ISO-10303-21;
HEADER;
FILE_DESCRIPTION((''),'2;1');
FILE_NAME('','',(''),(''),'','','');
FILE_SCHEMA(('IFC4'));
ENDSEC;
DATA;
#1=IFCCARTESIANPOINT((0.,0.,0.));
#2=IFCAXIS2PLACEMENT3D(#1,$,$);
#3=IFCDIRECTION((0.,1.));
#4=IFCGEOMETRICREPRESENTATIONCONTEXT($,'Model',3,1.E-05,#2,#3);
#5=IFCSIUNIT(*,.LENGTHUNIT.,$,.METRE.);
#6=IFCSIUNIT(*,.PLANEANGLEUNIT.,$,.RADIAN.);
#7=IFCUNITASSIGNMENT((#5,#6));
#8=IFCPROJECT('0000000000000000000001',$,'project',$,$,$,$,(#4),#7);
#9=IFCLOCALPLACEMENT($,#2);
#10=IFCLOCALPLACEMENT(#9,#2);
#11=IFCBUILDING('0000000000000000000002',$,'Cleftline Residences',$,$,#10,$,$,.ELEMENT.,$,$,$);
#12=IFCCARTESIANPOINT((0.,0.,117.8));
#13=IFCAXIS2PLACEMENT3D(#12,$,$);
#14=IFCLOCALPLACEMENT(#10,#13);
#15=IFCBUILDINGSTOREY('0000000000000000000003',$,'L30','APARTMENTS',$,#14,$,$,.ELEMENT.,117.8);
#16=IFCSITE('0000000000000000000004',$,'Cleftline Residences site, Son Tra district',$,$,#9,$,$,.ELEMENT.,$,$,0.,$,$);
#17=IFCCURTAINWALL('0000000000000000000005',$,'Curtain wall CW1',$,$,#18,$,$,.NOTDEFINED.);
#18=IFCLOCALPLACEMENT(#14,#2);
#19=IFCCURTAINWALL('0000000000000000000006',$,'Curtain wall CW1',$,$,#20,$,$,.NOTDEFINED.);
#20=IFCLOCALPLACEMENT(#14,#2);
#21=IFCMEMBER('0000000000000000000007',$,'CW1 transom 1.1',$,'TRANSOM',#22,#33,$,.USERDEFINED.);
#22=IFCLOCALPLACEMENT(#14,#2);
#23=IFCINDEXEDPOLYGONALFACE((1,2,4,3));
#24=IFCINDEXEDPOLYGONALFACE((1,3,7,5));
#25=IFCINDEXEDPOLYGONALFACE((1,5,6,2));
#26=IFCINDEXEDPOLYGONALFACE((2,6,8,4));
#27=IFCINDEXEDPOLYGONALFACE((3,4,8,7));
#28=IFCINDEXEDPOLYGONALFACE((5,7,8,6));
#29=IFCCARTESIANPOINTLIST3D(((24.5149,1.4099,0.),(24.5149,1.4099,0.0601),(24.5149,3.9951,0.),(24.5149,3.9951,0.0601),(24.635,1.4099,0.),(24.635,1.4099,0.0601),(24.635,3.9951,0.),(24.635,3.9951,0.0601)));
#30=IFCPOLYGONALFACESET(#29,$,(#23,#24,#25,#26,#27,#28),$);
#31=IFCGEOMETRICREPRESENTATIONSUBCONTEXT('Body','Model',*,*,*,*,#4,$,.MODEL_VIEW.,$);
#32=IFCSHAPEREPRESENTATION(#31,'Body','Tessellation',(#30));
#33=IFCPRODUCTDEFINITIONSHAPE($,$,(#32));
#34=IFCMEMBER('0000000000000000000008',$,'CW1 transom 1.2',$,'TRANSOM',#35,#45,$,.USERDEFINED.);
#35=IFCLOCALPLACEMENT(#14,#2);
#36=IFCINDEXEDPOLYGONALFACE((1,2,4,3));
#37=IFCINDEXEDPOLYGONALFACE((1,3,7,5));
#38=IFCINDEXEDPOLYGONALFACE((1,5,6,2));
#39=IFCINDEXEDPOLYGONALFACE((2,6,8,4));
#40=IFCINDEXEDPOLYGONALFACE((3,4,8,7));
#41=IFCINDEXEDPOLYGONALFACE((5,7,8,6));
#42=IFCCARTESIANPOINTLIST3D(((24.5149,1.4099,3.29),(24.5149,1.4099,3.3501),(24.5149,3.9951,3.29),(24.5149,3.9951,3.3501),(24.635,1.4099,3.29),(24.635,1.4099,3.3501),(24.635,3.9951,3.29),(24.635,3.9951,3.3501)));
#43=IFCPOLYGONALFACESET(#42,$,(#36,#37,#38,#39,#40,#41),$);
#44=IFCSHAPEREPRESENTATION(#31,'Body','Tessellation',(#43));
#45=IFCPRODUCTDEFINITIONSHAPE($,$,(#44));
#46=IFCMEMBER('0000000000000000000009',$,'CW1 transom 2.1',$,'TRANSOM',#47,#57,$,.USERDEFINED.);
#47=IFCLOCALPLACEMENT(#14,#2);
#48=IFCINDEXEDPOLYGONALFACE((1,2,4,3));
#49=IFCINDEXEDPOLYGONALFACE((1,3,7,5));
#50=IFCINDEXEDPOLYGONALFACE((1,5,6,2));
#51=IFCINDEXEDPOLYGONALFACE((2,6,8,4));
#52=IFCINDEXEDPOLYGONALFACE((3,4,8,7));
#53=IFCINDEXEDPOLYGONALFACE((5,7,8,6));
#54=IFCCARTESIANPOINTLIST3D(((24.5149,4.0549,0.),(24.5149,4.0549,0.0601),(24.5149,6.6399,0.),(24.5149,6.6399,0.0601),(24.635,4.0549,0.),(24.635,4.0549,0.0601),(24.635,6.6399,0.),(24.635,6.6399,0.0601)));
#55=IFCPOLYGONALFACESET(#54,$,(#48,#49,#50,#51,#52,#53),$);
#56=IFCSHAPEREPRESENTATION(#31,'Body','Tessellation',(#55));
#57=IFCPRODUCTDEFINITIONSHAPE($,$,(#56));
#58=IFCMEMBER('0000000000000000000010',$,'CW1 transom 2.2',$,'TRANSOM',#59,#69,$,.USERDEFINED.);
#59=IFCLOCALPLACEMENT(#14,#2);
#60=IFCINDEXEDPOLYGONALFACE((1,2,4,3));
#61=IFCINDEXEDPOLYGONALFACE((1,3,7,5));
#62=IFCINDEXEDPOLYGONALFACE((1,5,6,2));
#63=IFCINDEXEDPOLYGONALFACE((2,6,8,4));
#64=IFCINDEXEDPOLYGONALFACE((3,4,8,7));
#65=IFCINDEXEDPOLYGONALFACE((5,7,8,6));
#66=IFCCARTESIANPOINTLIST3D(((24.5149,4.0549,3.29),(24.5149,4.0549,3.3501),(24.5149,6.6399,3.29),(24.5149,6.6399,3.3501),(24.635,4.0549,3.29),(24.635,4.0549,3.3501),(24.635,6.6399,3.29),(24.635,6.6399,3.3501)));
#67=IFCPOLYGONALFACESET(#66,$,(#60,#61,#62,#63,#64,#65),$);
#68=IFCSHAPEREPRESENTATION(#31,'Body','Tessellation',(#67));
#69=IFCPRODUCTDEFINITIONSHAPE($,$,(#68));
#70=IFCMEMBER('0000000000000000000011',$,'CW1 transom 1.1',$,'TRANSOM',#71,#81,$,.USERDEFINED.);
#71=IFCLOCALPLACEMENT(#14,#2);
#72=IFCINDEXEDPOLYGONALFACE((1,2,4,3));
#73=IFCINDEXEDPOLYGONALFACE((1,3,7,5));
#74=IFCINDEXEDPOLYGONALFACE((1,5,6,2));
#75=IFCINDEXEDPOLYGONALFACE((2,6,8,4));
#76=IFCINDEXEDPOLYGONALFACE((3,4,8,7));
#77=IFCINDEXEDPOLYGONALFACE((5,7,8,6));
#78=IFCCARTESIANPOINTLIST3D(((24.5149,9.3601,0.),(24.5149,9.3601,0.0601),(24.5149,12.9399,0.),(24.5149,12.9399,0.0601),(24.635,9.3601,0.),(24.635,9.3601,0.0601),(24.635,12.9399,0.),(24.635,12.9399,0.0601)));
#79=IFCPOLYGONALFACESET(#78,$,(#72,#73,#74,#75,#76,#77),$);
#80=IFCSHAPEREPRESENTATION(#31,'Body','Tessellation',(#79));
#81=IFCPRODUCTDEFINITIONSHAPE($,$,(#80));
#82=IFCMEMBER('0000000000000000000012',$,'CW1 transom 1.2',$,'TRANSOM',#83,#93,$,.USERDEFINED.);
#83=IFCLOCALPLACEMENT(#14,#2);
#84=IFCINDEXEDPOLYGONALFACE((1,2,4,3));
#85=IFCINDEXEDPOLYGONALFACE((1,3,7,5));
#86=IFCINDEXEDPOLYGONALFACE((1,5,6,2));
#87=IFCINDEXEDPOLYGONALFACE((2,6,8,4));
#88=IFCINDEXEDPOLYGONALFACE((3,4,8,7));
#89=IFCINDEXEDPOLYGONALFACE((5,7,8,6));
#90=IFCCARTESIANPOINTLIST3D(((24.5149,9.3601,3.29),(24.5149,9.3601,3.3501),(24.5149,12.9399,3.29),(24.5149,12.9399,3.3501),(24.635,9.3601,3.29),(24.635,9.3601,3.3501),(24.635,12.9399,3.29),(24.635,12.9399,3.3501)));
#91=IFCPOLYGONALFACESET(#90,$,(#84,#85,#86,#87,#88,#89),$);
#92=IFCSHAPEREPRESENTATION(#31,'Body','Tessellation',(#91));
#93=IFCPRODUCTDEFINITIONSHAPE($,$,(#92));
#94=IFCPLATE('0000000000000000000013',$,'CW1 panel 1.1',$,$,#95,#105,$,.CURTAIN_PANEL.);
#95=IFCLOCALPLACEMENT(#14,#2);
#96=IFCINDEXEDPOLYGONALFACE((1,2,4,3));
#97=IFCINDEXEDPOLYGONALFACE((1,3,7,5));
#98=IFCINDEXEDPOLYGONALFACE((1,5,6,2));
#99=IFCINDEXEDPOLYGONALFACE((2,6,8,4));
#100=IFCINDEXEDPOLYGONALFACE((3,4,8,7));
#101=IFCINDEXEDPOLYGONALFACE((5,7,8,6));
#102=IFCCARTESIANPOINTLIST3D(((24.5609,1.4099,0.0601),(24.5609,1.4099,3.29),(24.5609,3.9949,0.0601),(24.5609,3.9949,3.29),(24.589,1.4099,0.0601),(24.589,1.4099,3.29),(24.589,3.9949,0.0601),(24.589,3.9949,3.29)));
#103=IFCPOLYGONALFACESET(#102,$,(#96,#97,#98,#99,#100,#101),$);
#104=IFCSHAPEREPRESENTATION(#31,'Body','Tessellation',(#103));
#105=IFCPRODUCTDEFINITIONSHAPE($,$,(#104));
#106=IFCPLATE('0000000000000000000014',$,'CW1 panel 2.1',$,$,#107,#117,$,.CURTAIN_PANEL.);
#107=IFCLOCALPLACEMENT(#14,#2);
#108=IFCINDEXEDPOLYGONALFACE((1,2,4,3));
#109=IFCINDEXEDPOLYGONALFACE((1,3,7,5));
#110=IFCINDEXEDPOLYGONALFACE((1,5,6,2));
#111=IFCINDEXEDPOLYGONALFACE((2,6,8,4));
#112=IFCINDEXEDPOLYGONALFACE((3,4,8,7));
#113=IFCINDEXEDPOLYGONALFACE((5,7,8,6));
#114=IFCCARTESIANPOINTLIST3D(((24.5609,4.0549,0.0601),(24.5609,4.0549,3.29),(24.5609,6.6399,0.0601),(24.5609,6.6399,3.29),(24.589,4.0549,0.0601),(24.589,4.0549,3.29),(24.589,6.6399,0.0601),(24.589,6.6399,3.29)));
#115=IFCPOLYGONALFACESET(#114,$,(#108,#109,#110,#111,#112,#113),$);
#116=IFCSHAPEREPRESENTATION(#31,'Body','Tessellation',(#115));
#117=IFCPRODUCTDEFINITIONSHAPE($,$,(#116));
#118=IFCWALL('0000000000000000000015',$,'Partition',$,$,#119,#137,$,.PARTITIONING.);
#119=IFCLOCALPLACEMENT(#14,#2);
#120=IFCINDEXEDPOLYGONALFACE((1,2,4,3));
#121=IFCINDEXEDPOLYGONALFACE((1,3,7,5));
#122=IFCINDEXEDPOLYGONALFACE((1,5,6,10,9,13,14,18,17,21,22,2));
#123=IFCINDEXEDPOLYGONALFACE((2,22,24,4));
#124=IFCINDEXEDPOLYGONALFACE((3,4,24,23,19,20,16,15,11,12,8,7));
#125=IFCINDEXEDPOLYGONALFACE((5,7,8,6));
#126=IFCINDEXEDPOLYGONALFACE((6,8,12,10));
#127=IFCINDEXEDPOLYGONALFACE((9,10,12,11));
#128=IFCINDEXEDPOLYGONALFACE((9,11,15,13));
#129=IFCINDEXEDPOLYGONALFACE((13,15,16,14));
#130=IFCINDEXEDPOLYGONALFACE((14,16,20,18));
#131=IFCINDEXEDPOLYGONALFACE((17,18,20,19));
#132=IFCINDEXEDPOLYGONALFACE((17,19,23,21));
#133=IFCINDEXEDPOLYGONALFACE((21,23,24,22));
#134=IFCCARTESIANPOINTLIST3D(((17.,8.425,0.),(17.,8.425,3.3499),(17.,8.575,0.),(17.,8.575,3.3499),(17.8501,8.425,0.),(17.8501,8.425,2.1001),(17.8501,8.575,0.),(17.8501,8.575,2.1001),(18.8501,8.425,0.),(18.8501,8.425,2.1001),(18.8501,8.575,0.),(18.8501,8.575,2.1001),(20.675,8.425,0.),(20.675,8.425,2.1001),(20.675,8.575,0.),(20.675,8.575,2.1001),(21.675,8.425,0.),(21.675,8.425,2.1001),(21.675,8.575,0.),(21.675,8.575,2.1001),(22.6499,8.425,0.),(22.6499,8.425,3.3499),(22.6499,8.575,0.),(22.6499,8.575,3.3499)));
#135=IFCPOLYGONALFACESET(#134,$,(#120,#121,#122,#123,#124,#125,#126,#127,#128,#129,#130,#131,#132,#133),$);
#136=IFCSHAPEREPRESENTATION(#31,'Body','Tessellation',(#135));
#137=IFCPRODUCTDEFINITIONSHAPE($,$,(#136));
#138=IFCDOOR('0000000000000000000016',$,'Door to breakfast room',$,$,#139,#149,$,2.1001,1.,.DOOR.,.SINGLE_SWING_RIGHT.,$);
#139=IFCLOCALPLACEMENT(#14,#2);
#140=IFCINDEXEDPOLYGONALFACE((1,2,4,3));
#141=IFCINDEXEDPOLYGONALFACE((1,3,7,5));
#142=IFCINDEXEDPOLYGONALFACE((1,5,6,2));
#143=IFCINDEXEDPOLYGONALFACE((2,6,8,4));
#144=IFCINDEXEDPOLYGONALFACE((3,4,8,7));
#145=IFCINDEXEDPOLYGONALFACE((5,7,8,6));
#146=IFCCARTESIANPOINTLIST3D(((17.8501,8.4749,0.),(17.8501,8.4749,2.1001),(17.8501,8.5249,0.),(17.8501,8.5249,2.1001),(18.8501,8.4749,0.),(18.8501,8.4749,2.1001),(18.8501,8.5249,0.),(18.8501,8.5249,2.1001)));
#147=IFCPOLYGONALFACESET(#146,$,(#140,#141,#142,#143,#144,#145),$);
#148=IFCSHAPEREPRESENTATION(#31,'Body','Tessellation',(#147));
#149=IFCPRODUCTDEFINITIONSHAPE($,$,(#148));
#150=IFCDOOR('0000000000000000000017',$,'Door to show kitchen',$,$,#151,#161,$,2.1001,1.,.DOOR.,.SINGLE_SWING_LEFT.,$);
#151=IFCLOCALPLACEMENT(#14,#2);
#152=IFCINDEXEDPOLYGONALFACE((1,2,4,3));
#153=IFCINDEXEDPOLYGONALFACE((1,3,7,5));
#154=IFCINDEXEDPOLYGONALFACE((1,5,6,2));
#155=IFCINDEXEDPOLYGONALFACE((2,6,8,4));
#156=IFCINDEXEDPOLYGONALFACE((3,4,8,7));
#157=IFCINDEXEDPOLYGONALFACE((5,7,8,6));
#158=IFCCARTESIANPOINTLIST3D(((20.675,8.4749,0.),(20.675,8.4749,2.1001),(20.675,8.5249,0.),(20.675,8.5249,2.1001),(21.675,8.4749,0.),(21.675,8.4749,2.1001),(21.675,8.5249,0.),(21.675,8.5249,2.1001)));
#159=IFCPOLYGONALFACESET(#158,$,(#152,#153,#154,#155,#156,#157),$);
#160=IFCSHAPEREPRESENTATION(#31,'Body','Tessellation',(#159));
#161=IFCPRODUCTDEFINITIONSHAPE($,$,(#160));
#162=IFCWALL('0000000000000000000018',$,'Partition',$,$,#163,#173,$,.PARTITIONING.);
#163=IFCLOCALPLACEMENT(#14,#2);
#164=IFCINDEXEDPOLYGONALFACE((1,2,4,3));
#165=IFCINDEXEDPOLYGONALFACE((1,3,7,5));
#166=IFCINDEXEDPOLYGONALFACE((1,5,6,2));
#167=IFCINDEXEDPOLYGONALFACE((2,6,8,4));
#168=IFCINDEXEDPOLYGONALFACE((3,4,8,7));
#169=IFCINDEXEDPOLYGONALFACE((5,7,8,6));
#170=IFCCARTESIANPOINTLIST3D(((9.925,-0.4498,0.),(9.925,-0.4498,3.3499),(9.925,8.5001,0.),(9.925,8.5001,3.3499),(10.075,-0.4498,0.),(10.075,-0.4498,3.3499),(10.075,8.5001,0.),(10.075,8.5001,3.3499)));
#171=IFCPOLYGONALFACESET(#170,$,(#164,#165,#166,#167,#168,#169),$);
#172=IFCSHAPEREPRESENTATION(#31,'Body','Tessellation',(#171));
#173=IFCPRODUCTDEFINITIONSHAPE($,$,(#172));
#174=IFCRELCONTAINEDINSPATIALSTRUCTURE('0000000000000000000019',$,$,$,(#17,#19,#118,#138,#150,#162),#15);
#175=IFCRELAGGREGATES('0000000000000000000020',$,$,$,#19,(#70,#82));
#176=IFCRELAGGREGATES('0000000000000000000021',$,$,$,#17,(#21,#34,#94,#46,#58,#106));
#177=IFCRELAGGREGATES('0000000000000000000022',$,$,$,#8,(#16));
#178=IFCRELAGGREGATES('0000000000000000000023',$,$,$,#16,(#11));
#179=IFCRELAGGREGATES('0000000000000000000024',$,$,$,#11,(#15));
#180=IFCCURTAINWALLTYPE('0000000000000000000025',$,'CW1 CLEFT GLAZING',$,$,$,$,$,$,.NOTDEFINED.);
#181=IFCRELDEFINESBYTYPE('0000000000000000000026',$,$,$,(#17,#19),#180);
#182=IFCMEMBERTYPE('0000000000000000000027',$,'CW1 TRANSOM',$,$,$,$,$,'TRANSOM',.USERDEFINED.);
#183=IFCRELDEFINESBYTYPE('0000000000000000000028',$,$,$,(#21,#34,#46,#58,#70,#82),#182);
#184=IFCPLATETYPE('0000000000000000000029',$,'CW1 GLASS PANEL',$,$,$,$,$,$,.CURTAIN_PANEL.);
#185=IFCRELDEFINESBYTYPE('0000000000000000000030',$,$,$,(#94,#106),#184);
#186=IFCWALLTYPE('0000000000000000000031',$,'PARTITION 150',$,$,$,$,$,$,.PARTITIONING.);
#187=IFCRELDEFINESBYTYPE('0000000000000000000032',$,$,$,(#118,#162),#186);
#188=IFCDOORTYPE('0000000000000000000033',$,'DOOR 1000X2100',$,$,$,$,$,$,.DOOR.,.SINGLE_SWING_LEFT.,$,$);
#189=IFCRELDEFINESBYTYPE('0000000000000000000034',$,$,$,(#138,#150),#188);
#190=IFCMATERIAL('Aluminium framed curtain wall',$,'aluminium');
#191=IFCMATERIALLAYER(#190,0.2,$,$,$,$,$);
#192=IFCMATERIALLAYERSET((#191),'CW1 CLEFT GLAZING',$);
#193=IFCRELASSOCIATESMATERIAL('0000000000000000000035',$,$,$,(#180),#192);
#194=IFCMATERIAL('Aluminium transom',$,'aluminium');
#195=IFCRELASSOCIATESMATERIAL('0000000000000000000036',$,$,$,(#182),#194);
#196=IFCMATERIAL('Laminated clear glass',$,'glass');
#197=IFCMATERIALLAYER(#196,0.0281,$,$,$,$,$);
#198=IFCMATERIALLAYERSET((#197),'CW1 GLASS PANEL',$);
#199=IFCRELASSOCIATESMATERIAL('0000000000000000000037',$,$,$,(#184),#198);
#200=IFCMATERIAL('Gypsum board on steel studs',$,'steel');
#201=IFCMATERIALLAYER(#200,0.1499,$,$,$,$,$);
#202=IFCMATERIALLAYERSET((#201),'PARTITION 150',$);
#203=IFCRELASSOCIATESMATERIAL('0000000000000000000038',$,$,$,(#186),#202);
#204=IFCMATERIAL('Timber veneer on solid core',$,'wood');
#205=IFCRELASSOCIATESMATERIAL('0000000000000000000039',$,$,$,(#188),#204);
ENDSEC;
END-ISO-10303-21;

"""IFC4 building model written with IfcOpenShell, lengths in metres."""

from ifc_helpers import new_model, si_unit, direction, frame, frame_2d, origin, origin_2d, place, context, subcontext, project, spatial, rectangle, extrude, material, layer, layer_set, material_profile, profile_set, type_object, element, fill, aggregate, save


model = new_model("IFC4")

# Units and contexts
model_context = context("Model", 3, precision=1e-05, world=origin(), true_north=direction((0.0, 1.0)))
body_context = subcontext(model_context, "Body", "Model", "MODEL_VIEW")
ifc_project = project(units=[si_unit("LENGTHUNIT", "METRE"), si_unit("PLANEANGLEUNIT", "RADIAN")], contexts=[model_context])

# Site, building, storey
site_placement = place(None, origin())
site = spatial("IfcSite", under=ifc_project, at=site_placement, Name="Cleftline Residences site, Son Tra district", CompositionType="ELEMENT", RefElevation=0.0)
building_placement = place(site_placement, origin())
building = spatial("IfcBuilding", under=site, at=building_placement, Name="Cleftline Residences", CompositionType="ELEMENT")
storey_placement = place(building_placement, frame((0.0, 0.0, 117.8)))
storey = spatial("IfcBuildingStorey", under=building, at=storey_placement, Name="L30", Description="APARTMENTS", CompositionType="ELEMENT", Elevation=117.8)

# Curtain wall
ifc_material_1 = material(Name="Aluminium framed curtain wall", Category="aluminium")
ifc_layer_1 = layer(ifc_material_1, 0.2)
ifc_layer_set_1 = layer_set([ifc_layer_1], Name="CW1 CLEFT GLAZING")
curtain_wall_type = type_object("IfcCurtainWallType", Name="CW1 CLEFT GLAZING", PredefinedType="NOTDEFINED", material=ifc_layer_set_1)
curtain_wall_1_placement = place(storey_placement, origin())
curtain_wall_1 = element("IfcCurtainWall", 1, at=curtain_wall_1_placement, inside=storey, type_object=curtain_wall_type, Name="Curtain wall CW1", PredefinedType="NOTDEFINED")

# Curtain wall
curtain_wall_2_placement = place(storey_placement, origin())
curtain_wall_2 = element("IfcCurtainWall", 2, at=curtain_wall_2_placement, inside=storey, type_object=curtain_wall_type, Name="Curtain wall CW1", PredefinedType="NOTDEFINED")

# Members
ifc_material_2 = material(Name="Aluminium transom", Category="aluminium")
ifc_material_profile_1 = material_profile(ifc_material_2, rectangle(XDim=0.1201, YDim=0.0601, at=origin_2d()))
ifc_profile_set_1 = profile_set([ifc_material_profile_1], Name="Aluminium transom")
member_type_1 = type_object("IfcMemberType", Name="CW1 TRANSOM", ElementType="TRANSOM", PredefinedType="USERDEFINED", material=ifc_profile_set_1)
member_1_placement = place(storey_placement, frame((24.575, 1.4099, 0.03), z_axis=(0.0, 1.0, 0.0), x_axis=(-1.0, 0.0, 0.0)))
member_1 = element("IfcMember", 3, at=member_1_placement, type_object=member_type_1, Name="CW1 transom 1.1", ObjectType="TRANSOM", PredefinedType="USERDEFINED", context=body_context, shape_type="SweptSolid", body=[
    extrude(rectangle(XDim=0.1201, YDim=0.0601, at=origin_2d()), origin(), (0.0, 0.0, 1.0), 2.5852),
])
member_2_placement = place(storey_placement, frame((24.575, 1.4099, 3.3201), z_axis=(0.0, 1.0, 0.0), x_axis=(-1.0, 0.0, 0.0)))
member_2 = element("IfcMember", 4, at=member_2_placement, type_object=member_type_1, Name="CW1 transom 1.2", ObjectType="TRANSOM", PredefinedType="USERDEFINED", context=body_context, shape_type="SweptSolid", body=[
    extrude(rectangle(XDim=0.1201, YDim=0.0601, at=origin_2d()), origin(), (0.0, 0.0, 1.0), 2.5852),
])
member_3_placement = place(storey_placement, frame((24.575, 4.0549, 0.03), z_axis=(0.0, 1.0, 0.0), x_axis=(-1.0, 0.0, 0.0)))
member_3 = element("IfcMember", 5, at=member_3_placement, type_object=member_type_1, Name="CW1 transom 2.1", ObjectType="TRANSOM", PredefinedType="USERDEFINED", context=body_context, shape_type="SweptSolid", body=[
    extrude(rectangle(XDim=0.1201, YDim=0.0601, at=origin_2d()), origin(), (0.0, 0.0, 1.0), 2.585),
])
member_4_placement = place(storey_placement, frame((24.575, 4.0549, 3.3201), z_axis=(0.0, 1.0, 0.0), x_axis=(-1.0, 0.0, 0.0)))
member_4 = element("IfcMember", 6, at=member_4_placement, type_object=member_type_1, Name="CW1 transom 2.2", ObjectType="TRANSOM", PredefinedType="USERDEFINED", context=body_context, shape_type="SweptSolid", body=[
    extrude(rectangle(XDim=0.1201, YDim=0.0601, at=origin_2d()), origin(), (0.0, 0.0, 1.0), 2.585),
])
member_5_placement = place(storey_placement, frame((24.575, 9.3601, 0.03), z_axis=(0.0, 1.0, 0.0), x_axis=(-1.0, 0.0, 0.0)))
member_5 = element("IfcMember", 7, at=member_5_placement, type_object=member_type_1, Name="CW1 transom 1.1", ObjectType="TRANSOM", PredefinedType="USERDEFINED", context=body_context, shape_type="SweptSolid", body=[
    extrude(rectangle(XDim=0.1201, YDim=0.0601, at=origin_2d()), origin(), (0.0, 0.0, 1.0), 3.5798),
])
member_6_placement = place(storey_placement, frame((24.575, 9.3601, 3.3201), z_axis=(0.0, 1.0, 0.0), x_axis=(-1.0, 0.0, 0.0)))
member_6 = element("IfcMember", 8, at=member_6_placement, type_object=member_type_1, Name="CW1 transom 1.2", ObjectType="TRANSOM", PredefinedType="USERDEFINED", context=body_context, shape_type="SweptSolid", body=[
    extrude(rectangle(XDim=0.1201, YDim=0.0601, at=origin_2d()), origin(), (0.0, 0.0, 1.0), 3.5798),
])
aggregate(curtain_wall_2, [member_5, member_6])

# Plates
ifc_material_3 = material(Name="Laminated clear glass", Category="glass")
ifc_layer_2 = layer(ifc_material_3, 0.0281)
ifc_layer_set_2 = layer_set([ifc_layer_2], Name="CW1 GLASS PANEL")
plate_type = type_object("IfcPlateType", Name="CW1 GLASS PANEL", PredefinedType="CURTAIN_PANEL", material=ifc_layer_set_2)
plate_1_placement = place(storey_placement, frame((24.575, 2.7024, 0.0601), z_axis=(0.0, 0.0, 1.0), x_axis=(0.0, 1.0, 0.0)))
plate_1 = element("IfcPlate", 9, at=plate_1_placement, type_object=plate_type, Name="CW1 panel 1.1", PredefinedType="CURTAIN_PANEL", context=body_context, shape_type="SweptSolid", body=[
    extrude(rectangle(XDim=2.585, YDim=0.0281, at=origin_2d()), origin(), (0.0, 0.0, 1.0), 3.23),
])
plate_2_placement = place(storey_placement, frame((24.575, 5.3474, 0.0601), z_axis=(0.0, 0.0, 1.0), x_axis=(0.0, 1.0, 0.0)))
plate_2 = element("IfcPlate", 10, at=plate_2_placement, type_object=plate_type, Name="CW1 panel 2.1", PredefinedType="CURTAIN_PANEL", context=body_context, shape_type="SweptSolid", body=[
    extrude(rectangle(XDim=2.585, YDim=0.0281, at=origin_2d()), origin(), (0.0, 0.0, 1.0), 3.23),
])
aggregate(curtain_wall_1, [member_1, member_2, plate_1, member_3, member_4, plate_2])

# Wall, openings, doors
ifc_material_4 = material(Name="Gypsum board on steel studs", Category="steel")
ifc_layer_3 = layer(ifc_material_4, 0.1499)
ifc_layer_set_3 = layer_set([ifc_layer_3], Name="PARTITION 150")
wall_type = type_object("IfcWallType", Name="PARTITION 150", PredefinedType="PARTITIONING", material=ifc_layer_set_3)
wall_1_placement = place(storey_placement, frame((17.0, 8.5, 0.0), z_axis=(0.0, 0.0, 1.0), x_axis=(1.0, 0.0, 0.0)))
wall_1 = element("IfcWall", 11, at=wall_1_placement, inside=storey, type_object=wall_type, Name="Partition", PredefinedType="PARTITIONING", context=body_context, shape_type="SweptSolid", body=[
    extrude(rectangle(XDim=5.6499, YDim=0.1499, at=frame_2d((2.825, 0.0))), origin(), (0.0, 0.0, 1.0), 3.3499),
])
opening_1_placement = place(wall_1_placement, frame((0.8501, 0.0, 0.0)))
opening_1 = element("IfcOpeningElement", 12, at=opening_1_placement, cuts=wall_1, PredefinedType="OPENING", context=body_context, shape_type="SweptSolid", body=[
    extrude(rectangle(XDim=1.0, YDim=2.1001, at=frame_2d((0.5, 1.05))), frame((0.0, 0.085, 0.0), z_axis=(0.0, -1.0, 0.0), x_axis=(1.0, 0.0, 0.0)), (0.0, 0.0, 1.0), 0.1699),
])
opening_2_placement = place(wall_1_placement, frame((3.675, 0.0, 0.0)))
opening_2 = element("IfcOpeningElement", 13, at=opening_2_placement, cuts=wall_1, PredefinedType="OPENING", context=body_context, shape_type="SweptSolid", body=[
    extrude(rectangle(XDim=1.0, YDim=2.1001, at=frame_2d((0.5, 1.05))), frame((0.0, 0.085, 0.0), z_axis=(0.0, -1.0, 0.0), x_axis=(1.0, 0.0, 0.0)), (0.0, 0.0, 1.0), 0.1699),
])
ifc_material_5 = material(Name="Timber veneer on solid core", Category="wood")
door_type_1 = type_object("IfcDoorType", Name="DOOR 1000X2100", OperationType="SINGLE_SWING_LEFT", PredefinedType="DOOR", material=ifc_material_5)
door_1_placement = place(opening_1_placement, origin())
door_1 = element("IfcDoor", 14, at=door_1_placement, inside=storey, type_object=door_type_1, Name="Door to breakfast room", OperationType="SINGLE_SWING_RIGHT", OverallHeight=2.1001, OverallWidth=1.0, PredefinedType="DOOR", context=body_context, shape_type="SweptSolid", body=[
    extrude(rectangle(XDim=1.0, YDim=2.1001, at=frame_2d((0.5, 1.05))), frame((0.0, 0.0249, 0.0), z_axis=(0.0, -1.0, 0.0), x_axis=(1.0, 0.0, 0.0)), (0.0, 0.0, 1.0), 0.05),
])
fill(opening_1, door_1)
door_2_placement = place(opening_2_placement, origin())
door_2 = element("IfcDoor", 15, at=door_2_placement, inside=storey, type_object=door_type_1, Name="Door to show kitchen", OperationType="SINGLE_SWING_LEFT", OverallHeight=2.1001, OverallWidth=1.0, PredefinedType="DOOR", context=body_context, shape_type="SweptSolid", body=[
    extrude(rectangle(XDim=1.0, YDim=2.1001, at=frame_2d((0.5, 1.05))), frame((0.0, 0.0249, 0.0), z_axis=(0.0, -1.0, 0.0), x_axis=(1.0, 0.0, 0.0)), (0.0, 0.0, 1.0), 0.05),
])
fill(opening_2, door_2)

# Wall
wall_2_placement = place(storey_placement, frame((10.0, -0.45, 0.0), z_axis=(0.0, 0.0, 1.0), x_axis=(0.0, 1.0, 0.0)))
element("IfcWall", 16, at=wall_2_placement, inside=storey, type_object=wall_type, Name="Partition", PredefinedType="PARTITIONING", context=body_context, shape_type="SweptSolid", body=[
    extrude(rectangle(XDim=8.95, YDim=0.1499, at=frame_2d((4.4751, 0.0))), origin(), (0.0, 0.0, 1.0), 3.3499),
])

save(model, "model.ifc")
